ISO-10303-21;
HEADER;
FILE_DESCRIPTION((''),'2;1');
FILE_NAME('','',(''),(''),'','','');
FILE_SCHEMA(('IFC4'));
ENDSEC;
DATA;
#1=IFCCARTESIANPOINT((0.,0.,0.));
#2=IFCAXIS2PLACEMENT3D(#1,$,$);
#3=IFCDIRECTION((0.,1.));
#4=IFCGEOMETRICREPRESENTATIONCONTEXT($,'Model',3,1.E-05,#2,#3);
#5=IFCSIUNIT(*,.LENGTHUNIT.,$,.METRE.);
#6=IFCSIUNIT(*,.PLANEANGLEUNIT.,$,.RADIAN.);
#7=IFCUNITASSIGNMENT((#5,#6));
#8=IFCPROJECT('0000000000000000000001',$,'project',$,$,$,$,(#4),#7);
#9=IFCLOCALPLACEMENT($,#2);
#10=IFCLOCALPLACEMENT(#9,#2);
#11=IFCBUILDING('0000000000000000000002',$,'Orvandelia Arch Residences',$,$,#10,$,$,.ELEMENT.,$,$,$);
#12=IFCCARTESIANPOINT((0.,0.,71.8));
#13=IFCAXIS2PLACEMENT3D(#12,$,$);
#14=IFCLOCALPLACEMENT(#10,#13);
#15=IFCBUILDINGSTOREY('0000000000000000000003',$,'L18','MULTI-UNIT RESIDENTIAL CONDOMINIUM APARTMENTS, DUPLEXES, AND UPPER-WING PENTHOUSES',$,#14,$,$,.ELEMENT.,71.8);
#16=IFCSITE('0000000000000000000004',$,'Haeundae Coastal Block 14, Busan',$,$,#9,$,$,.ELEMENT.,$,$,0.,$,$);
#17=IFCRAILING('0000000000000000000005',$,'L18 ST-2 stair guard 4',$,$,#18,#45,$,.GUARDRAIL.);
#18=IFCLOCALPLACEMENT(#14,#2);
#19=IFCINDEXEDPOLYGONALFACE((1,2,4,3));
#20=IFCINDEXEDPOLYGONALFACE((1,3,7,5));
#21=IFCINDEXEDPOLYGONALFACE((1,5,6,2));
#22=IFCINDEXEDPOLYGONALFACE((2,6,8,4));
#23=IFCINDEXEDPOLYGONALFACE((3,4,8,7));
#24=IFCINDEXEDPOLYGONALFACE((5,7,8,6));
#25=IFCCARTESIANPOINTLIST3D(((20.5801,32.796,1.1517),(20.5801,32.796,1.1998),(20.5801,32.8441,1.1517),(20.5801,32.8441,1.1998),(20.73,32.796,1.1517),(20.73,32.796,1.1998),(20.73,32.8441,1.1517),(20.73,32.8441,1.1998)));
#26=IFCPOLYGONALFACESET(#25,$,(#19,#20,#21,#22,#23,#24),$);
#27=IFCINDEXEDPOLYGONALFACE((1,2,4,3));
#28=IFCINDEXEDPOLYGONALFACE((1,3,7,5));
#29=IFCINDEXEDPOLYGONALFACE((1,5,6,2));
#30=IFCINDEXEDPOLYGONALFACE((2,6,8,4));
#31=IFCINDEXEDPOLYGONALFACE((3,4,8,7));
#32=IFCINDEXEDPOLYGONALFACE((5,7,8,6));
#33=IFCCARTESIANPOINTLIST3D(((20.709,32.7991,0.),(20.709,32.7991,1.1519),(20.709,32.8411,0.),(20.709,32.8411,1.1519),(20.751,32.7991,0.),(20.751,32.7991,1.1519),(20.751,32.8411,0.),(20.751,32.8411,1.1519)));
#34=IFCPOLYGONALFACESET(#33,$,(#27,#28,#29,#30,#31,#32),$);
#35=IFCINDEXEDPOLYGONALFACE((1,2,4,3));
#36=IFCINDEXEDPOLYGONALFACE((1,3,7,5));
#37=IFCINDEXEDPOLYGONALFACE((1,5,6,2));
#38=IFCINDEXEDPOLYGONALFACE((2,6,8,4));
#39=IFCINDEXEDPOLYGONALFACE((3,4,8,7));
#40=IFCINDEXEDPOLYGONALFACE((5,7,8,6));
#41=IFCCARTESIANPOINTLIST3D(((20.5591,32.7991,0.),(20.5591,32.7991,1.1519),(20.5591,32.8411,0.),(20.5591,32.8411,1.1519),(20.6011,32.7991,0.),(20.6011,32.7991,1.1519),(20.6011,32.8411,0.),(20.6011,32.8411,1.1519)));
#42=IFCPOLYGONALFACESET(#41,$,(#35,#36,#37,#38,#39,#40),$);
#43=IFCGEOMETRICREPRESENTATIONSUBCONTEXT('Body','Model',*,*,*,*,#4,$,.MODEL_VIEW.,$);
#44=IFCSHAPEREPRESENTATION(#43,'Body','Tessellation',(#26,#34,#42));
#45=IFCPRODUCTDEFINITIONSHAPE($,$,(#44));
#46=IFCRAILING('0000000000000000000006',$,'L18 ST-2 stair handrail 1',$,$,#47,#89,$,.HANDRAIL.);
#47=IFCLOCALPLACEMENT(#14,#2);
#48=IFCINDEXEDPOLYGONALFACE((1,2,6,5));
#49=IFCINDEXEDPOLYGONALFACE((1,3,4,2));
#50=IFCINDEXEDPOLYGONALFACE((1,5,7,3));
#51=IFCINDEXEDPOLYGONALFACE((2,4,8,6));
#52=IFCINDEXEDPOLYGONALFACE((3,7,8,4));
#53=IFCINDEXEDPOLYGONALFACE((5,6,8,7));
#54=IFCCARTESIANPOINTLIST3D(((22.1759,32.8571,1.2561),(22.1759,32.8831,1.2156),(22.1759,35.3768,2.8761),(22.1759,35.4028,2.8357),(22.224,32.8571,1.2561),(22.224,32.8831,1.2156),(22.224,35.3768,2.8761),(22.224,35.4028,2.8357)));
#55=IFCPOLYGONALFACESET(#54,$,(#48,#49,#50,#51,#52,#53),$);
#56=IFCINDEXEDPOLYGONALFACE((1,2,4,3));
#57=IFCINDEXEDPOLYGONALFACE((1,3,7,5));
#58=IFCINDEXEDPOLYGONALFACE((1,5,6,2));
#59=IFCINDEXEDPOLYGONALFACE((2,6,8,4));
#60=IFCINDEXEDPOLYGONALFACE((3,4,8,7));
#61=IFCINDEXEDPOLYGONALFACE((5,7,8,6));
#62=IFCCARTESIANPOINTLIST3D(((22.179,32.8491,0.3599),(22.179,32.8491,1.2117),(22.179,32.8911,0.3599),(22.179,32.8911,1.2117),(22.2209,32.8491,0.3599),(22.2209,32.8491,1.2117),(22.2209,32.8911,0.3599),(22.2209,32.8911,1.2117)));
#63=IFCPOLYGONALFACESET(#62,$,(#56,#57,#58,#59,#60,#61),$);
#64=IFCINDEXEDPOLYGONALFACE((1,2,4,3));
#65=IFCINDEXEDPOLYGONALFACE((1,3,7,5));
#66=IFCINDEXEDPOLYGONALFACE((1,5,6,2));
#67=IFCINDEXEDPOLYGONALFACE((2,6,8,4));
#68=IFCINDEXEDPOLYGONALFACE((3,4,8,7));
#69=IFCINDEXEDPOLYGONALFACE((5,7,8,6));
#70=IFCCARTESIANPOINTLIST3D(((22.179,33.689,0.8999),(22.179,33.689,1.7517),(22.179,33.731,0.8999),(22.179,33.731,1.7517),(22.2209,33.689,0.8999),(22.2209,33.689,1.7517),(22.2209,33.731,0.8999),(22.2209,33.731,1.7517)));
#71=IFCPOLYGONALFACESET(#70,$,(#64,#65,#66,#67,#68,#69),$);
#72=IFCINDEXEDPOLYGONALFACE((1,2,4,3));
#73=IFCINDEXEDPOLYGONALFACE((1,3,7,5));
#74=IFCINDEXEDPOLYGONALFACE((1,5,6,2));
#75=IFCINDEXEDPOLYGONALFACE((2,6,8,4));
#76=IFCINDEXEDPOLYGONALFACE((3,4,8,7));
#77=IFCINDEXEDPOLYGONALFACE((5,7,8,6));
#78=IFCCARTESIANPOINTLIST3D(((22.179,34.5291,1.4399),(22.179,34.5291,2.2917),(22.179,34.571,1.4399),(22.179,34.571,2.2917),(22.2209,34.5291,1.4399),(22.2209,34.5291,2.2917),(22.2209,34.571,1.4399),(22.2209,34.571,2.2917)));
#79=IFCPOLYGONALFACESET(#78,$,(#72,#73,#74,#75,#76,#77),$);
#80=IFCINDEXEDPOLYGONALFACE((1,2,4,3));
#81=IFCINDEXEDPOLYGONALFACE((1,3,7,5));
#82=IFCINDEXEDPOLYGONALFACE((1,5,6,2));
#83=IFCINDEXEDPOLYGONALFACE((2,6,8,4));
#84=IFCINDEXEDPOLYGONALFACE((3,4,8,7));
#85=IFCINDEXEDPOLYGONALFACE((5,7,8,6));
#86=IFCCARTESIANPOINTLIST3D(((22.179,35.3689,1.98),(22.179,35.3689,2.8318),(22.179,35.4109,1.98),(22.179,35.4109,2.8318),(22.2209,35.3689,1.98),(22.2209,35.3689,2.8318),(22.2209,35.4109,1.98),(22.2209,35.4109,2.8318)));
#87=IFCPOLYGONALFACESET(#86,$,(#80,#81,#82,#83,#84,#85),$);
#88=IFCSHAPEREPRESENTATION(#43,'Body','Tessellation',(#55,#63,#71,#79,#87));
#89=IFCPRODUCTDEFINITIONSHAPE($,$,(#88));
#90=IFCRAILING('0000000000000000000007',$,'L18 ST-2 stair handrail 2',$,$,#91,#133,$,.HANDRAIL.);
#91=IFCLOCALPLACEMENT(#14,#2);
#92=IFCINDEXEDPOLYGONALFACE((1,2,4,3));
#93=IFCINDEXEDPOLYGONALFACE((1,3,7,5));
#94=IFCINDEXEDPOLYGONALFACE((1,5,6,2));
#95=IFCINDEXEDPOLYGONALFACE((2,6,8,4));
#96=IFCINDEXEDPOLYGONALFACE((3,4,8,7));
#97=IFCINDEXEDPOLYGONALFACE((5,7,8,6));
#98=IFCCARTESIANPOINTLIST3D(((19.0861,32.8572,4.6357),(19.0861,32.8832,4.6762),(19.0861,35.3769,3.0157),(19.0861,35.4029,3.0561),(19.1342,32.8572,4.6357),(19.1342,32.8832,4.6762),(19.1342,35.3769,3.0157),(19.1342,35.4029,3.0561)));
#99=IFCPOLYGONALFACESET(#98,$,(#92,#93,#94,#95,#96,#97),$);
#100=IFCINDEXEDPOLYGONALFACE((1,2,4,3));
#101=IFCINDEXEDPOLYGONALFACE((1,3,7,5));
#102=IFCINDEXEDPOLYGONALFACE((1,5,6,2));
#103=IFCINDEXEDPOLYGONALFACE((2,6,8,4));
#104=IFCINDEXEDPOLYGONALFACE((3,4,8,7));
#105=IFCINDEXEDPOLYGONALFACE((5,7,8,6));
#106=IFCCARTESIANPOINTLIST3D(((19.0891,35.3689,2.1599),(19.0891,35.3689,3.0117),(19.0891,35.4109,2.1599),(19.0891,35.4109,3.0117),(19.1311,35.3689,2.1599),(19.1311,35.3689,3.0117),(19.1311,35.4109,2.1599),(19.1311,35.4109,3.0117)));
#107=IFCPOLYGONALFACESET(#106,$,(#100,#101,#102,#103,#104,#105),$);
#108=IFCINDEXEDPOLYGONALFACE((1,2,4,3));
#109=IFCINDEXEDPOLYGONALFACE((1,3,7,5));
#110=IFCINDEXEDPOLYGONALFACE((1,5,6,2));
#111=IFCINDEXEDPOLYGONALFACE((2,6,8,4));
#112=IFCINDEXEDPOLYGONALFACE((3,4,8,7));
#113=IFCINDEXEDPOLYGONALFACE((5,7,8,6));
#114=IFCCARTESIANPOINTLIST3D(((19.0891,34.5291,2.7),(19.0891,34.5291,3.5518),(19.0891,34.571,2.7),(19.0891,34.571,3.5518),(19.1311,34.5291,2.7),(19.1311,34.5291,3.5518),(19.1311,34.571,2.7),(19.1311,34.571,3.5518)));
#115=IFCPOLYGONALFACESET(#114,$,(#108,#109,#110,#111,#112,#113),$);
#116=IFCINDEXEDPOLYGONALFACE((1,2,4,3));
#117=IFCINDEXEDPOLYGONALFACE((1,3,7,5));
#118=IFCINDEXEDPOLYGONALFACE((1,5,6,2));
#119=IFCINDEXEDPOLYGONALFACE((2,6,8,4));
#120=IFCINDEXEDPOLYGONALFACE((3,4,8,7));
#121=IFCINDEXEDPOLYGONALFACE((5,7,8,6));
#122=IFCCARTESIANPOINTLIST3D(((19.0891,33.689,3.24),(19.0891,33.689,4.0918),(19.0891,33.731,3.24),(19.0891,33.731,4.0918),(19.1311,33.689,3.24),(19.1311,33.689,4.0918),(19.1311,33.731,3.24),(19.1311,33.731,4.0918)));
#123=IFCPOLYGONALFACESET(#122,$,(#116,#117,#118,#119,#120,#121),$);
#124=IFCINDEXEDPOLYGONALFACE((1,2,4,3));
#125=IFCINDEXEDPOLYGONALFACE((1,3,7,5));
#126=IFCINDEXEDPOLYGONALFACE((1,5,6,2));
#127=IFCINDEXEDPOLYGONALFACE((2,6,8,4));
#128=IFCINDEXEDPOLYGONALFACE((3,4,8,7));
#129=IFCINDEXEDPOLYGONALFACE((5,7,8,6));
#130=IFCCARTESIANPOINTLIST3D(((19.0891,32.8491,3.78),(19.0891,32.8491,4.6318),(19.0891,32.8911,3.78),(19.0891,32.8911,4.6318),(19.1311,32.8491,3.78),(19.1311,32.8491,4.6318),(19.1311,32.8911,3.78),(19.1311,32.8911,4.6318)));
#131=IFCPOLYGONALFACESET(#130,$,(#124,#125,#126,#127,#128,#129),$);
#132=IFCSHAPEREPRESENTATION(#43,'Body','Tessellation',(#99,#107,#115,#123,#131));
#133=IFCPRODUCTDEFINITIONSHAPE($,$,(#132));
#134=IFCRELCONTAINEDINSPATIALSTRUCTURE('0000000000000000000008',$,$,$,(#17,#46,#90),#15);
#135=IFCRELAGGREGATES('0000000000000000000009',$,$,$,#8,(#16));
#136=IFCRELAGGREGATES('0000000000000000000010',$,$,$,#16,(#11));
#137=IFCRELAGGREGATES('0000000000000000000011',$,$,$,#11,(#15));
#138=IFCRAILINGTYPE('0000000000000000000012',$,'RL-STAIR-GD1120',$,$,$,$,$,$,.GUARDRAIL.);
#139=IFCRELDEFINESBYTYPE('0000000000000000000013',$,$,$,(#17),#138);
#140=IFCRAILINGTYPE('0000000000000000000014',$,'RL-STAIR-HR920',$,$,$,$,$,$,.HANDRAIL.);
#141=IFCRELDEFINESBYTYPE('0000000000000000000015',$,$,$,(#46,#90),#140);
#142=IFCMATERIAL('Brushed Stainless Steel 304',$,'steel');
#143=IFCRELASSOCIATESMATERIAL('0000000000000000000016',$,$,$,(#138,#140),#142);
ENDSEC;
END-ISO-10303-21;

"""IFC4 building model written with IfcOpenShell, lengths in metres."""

from ifc_helpers import new_model, si_unit, direction, frame, origin, origin_2d, place, context, subcontext, project, spatial, rectangle, extrude, material, type_object, element, save


model = new_model("IFC4")

# Units and contexts
model_context = context("Model", 3, precision=1e-05, world=origin(), true_north=direction((0.0, 1.0)))
body_context = subcontext(model_context, "Body", "Model", "MODEL_VIEW")
ifc_project = project(units=[si_unit("LENGTHUNIT", "METRE"), si_unit("PLANEANGLEUNIT", "RADIAN")], contexts=[model_context])

# Site, building, storey
site_placement = place(None, origin())
site = spatial("IfcSite", under=ifc_project, at=site_placement, Name="Haeundae Coastal Block 14, Busan", CompositionType="ELEMENT", RefElevation=0.0)
building_placement = place(site_placement, origin())
building = spatial("IfcBuilding", under=site, at=building_placement, Name="Orvandelia Arch Residences", CompositionType="ELEMENT")
storey_placement = place(building_placement, frame((0.0, 0.0, 71.8)))
storey = spatial("IfcBuildingStorey", under=building, at=storey_placement, Name="L18", Description="MULTI-UNIT RESIDENTIAL CONDOMINIUM APARTMENTS, DUPLEXES, AND UPPER-WING PENTHOUSES", CompositionType="ELEMENT", Elevation=71.8)

# Railings
ifc_material_1 = material(Name="Brushed Stainless Steel 304", Category="steel")
railing_type_1 = type_object("IfcRailingType", Name="RL-STAIR-GD1120", PredefinedType="GUARDRAIL", material=ifc_material_1)
railing_1_placement = place(storey_placement, frame((20.73, 32.8201, 0.0)))
element("IfcRailing", 1, at=railing_1_placement, inside=storey, type_object=railing_type_1, Name="L18 ST-2 stair guard 4", PredefinedType="GUARDRAIL", context=body_context, shape_type="SweptSolid", body=[
    extrude(rectangle(XDim=0.0481, YDim=0.0481, at=origin_2d()), frame((0.0, 0.0, 1.1758), z_axis=(-1.0, 0.0, 0.0), x_axis=(0.0, -1.0, 0.0)), (0.0, 0.0, 1.0), 0.1499),
    extrude(rectangle(XDim=0.042, YDim=0.042, at=origin_2d()), origin(), (0.0, 0.0, 1.0), 1.1519),
    extrude(rectangle(XDim=0.042, YDim=0.042, at=origin_2d()), frame((-0.1499, 0.0, 0.0)), (0.0, 0.0, 1.0), 1.1519),
])
railing_type_2 = type_object("IfcRailingType", Name="RL-STAIR-HR920", PredefinedType="HANDRAIL", material=ifc_material_1)
railing_2_placement = place(storey_placement, frame((22.2, 32.8701, 0.3599)))
element("IfcRailing", 2, at=railing_2_placement, inside=storey, type_object=railing_type_2, Name="L18 ST-2 stair handrail 1", PredefinedType="HANDRAIL", context=body_context, shape_type="SweptSolid", body=[
    extrude(rectangle(XDim=0.0481, YDim=0.0481, at=origin_2d()), frame((0.0, 0.0, 0.876), z_axis=(0.0, 0.841139, 0.540819), x_axis=(-1.0, 0.0, 0.0)), (0.0, 0.0, 1.0), 2.9956),
    extrude(rectangle(XDim=0.042, YDim=0.042, at=origin_2d()), origin(), (0.0, 0.0, 1.0), 0.8518),
    extrude(rectangle(XDim=0.042, YDim=0.042, at=origin_2d()), frame((0.0, 0.8398, 0.54)), (0.0, 0.0, 1.0), 0.8518),
    extrude(rectangle(XDim=0.042, YDim=0.042, at=origin_2d()), frame((0.0, 1.6799, 1.0801)), (0.0, 0.0, 1.0), 0.8518),
    extrude(rectangle(XDim=0.042, YDim=0.042, at=origin_2d()), frame((0.0, 2.5198, 1.6201)), (0.0, 0.0, 1.0), 0.8518),
])
railing_3_placement = place(storey_placement, frame((19.1101, 35.3899, 2.1599)))
element("IfcRailing", 3, at=railing_3_placement, inside=storey, type_object=railing_type_2, Name="L18 ST-2 stair handrail 2", PredefinedType="HANDRAIL", context=body_context, shape_type="SweptSolid", body=[
    extrude(rectangle(XDim=0.0481, YDim=0.0481, at=origin_2d()), frame((0.0, 0.0, 0.876), z_axis=(0.0, -0.841139, 0.540819), x_axis=(1.0, 0.0, 0.0)), (0.0, 0.0, 1.0), 2.9956),
    extrude(rectangle(XDim=0.042, YDim=0.042, at=origin_2d()), origin(), (0.0, 0.0, 1.0), 0.8518),
    extrude(rectangle(XDim=0.042, YDim=0.042, at=origin_2d()), frame((0.0, -0.8398, 0.54)), (0.0, 0.0, 1.0), 0.8518),
    extrude(rectangle(XDim=0.042, YDim=0.042, at=origin_2d()), frame((0.0, -1.6799, 1.0801)), (0.0, 0.0, 1.0), 0.8518),
    extrude(rectangle(XDim=0.042, YDim=0.042, at=origin_2d()), frame((0.0, -2.5198, 1.6201)), (0.0, 0.0, 1.0), 0.8518),
])

save(model, "model.ifc")
